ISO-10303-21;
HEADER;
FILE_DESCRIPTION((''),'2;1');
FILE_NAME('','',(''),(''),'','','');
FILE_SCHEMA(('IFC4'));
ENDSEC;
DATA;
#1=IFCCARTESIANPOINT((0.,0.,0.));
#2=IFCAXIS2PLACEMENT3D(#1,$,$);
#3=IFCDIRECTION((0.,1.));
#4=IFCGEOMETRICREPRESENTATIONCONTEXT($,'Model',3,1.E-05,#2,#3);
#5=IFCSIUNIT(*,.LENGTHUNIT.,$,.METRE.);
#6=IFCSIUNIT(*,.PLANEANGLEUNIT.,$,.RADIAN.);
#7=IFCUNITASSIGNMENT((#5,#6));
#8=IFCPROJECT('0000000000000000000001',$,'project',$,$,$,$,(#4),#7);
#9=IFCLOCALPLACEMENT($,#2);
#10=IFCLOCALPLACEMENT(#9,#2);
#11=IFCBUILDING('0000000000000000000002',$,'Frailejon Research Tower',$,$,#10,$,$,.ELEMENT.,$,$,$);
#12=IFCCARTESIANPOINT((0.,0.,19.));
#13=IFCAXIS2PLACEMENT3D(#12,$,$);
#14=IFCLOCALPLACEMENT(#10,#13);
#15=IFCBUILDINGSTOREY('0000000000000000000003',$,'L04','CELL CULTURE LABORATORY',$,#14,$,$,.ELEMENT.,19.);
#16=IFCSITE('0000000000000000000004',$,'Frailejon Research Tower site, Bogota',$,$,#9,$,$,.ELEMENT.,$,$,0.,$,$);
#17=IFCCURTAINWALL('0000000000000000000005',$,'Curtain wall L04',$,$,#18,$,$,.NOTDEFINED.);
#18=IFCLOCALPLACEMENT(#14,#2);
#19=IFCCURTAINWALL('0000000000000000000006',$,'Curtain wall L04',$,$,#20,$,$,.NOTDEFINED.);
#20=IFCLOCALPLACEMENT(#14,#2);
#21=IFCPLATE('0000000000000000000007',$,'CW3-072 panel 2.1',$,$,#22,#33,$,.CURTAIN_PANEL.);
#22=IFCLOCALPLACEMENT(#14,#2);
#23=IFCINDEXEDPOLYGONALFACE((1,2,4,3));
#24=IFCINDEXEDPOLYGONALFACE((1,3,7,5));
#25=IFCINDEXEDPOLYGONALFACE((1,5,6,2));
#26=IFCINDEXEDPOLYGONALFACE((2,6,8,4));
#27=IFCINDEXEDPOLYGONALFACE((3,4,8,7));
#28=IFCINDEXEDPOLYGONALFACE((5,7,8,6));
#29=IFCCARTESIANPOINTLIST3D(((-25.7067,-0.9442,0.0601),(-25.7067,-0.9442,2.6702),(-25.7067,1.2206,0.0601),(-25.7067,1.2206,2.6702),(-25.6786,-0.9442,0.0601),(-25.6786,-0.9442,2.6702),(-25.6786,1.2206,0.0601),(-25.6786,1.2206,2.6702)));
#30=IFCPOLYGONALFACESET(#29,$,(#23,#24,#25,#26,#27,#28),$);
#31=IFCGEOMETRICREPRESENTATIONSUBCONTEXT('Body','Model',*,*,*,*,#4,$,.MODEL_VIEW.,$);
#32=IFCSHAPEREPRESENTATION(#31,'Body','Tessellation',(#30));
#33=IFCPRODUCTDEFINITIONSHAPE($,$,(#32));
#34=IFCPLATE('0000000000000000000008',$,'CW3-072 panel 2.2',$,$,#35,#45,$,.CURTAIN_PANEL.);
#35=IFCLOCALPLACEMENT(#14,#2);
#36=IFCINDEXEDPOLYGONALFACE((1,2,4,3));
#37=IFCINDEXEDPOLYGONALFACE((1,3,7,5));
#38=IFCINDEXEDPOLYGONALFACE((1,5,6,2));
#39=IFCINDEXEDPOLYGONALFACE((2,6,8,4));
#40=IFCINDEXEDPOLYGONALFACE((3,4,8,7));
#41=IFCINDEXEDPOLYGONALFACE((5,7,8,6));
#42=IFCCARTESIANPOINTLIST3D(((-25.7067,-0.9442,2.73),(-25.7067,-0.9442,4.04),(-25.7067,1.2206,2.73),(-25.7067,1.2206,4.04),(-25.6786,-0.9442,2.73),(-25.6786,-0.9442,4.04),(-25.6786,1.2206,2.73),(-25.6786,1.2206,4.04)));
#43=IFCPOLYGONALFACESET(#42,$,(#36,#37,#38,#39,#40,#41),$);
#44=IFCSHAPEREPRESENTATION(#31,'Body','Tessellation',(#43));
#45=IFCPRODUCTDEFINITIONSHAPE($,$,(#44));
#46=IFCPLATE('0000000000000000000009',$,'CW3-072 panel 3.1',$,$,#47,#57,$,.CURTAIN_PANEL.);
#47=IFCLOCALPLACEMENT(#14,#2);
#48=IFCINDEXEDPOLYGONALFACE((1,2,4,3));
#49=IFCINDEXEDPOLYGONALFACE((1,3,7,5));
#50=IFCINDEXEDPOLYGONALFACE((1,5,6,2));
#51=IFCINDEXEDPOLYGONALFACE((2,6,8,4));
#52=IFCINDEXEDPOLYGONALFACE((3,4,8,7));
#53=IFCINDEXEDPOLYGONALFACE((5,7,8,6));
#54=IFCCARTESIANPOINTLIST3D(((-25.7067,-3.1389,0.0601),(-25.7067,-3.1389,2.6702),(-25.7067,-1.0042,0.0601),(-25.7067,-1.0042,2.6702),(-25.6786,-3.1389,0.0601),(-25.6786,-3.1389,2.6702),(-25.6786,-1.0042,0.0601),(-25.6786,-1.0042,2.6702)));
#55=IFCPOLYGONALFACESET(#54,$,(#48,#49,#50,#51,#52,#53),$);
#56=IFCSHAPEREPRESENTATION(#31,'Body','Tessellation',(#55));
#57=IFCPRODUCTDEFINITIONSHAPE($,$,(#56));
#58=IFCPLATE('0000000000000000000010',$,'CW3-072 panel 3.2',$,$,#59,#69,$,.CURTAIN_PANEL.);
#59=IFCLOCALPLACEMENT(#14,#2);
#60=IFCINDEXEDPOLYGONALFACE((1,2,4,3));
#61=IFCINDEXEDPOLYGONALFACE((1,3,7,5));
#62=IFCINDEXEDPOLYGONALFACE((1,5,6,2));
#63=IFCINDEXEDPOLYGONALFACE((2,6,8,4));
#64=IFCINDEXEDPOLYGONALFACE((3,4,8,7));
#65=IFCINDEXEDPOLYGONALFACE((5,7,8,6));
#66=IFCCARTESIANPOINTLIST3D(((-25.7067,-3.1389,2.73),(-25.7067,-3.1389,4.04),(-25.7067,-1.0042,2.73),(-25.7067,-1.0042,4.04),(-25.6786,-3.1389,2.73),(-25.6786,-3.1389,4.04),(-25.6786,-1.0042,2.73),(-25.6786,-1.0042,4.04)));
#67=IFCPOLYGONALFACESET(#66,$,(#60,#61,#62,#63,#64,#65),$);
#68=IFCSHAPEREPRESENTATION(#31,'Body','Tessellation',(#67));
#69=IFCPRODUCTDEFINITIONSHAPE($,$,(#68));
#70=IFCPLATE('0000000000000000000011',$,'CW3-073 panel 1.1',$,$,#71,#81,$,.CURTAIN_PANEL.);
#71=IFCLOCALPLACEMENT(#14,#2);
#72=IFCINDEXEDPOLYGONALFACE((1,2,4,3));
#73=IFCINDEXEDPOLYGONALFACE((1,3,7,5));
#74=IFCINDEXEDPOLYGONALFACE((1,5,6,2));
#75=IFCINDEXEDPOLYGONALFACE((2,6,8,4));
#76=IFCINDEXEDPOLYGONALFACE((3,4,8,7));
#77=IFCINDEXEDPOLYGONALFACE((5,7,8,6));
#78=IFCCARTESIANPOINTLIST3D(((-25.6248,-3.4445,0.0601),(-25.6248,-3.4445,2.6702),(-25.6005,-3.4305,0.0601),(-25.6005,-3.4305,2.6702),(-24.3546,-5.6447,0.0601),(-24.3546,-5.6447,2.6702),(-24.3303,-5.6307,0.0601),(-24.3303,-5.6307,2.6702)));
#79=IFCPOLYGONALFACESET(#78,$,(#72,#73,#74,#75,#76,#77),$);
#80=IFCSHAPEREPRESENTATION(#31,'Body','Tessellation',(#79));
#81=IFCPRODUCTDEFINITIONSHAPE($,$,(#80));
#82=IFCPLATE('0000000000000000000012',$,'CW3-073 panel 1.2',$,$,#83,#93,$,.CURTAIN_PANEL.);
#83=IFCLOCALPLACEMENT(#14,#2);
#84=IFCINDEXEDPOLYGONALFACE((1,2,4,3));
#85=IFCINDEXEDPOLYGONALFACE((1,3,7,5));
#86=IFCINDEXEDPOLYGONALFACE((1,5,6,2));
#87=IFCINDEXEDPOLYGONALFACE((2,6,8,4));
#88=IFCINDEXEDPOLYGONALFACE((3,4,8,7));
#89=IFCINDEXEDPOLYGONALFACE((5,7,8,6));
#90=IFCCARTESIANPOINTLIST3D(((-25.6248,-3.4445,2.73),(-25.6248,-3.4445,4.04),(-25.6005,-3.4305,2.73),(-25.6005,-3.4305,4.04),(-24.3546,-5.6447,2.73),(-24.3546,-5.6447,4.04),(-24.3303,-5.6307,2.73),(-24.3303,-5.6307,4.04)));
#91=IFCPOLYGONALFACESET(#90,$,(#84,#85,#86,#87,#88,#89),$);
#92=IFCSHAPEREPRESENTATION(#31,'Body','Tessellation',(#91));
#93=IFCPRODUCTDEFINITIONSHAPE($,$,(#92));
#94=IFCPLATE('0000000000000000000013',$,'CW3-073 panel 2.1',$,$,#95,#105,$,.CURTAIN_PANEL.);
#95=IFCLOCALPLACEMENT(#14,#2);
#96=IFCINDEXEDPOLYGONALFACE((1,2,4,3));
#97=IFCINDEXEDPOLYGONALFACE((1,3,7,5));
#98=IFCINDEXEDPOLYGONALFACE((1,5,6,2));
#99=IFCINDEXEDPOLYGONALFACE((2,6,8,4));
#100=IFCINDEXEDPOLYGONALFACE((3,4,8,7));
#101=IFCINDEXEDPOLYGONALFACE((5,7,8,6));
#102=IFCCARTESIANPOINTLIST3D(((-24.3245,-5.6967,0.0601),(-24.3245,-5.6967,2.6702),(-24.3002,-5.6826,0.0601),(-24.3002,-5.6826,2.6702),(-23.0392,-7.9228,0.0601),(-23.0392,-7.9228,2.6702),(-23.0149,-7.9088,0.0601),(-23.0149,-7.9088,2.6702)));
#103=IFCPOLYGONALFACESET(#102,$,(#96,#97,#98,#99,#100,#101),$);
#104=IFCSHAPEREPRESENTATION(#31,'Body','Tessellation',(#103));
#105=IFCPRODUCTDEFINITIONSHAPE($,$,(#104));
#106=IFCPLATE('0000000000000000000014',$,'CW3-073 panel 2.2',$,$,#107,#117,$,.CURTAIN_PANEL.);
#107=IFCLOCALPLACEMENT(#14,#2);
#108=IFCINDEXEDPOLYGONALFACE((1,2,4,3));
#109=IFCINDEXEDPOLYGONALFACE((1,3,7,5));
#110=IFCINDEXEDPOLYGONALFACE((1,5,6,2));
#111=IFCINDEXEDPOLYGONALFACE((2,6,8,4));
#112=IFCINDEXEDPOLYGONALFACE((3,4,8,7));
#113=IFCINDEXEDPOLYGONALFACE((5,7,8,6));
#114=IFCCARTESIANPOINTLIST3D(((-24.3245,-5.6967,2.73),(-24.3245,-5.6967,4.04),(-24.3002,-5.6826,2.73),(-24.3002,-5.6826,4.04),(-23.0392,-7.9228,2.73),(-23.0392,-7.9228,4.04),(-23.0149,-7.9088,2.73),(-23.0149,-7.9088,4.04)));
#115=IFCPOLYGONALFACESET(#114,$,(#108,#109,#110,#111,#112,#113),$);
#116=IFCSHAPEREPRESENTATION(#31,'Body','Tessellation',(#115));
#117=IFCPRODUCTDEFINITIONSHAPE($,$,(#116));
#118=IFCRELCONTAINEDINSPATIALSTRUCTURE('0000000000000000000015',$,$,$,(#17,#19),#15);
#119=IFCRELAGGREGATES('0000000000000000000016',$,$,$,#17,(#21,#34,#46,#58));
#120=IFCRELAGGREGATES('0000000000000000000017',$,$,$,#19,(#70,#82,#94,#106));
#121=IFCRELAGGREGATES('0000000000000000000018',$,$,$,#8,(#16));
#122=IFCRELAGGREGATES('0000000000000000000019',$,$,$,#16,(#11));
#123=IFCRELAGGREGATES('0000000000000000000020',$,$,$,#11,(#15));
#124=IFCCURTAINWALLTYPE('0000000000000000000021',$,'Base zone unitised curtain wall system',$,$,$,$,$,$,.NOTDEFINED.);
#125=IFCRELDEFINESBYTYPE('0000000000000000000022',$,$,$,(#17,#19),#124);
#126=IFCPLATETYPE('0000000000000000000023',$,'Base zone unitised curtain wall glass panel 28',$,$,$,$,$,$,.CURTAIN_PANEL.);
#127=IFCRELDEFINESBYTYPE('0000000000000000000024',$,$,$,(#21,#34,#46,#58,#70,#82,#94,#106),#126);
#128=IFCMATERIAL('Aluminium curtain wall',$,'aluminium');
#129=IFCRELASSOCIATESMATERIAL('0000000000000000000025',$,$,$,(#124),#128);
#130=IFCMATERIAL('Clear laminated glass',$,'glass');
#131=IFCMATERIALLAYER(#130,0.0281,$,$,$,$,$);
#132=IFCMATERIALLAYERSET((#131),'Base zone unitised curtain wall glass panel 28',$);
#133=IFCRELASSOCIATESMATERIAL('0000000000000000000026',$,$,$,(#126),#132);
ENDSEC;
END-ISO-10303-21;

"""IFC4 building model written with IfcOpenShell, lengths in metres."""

from ifc_helpers import new_model, si_unit, direction, frame, origin, origin_2d, place, context, subcontext, project, spatial, rectangle, extrude, material, layer, layer_set, type_object, element, aggregate, save


model = new_model("IFC4")

# Units and contexts
model_context = context("Model", 3, precision=1e-05, world=origin(), true_north=direction((0.0, 1.0)))
body_context = subcontext(model_context, "Body", "Model", "MODEL_VIEW")
ifc_project = project(units=[si_unit("LENGTHUNIT", "METRE"), si_unit("PLANEANGLEUNIT", "RADIAN")], contexts=[model_context])

# Site, building, storey
site_placement = place(None, origin())
site = spatial("IfcSite", under=ifc_project, at=site_placement, Name="Frailejon Research Tower site, Bogota", CompositionType="ELEMENT", RefElevation=0.0)
building_placement = place(site_placement, origin())
building = spatial("IfcBuilding", under=site, at=building_placement, Name="Frailejon Research Tower", CompositionType="ELEMENT")
storey_placement = place(building_placement, frame((0.0, 0.0, 19.0)))
storey = spatial("IfcBuildingStorey", under=building, at=storey_placement, Name="L04", Description="CELL CULTURE LABORATORY", CompositionType="ELEMENT", Elevation=19.0)

# Curtain walls
ifc_material_1 = material(Name="Aluminium curtain wall", Category="aluminium")
curtain_wall_type = type_object("IfcCurtainWallType", Name="Base zone unitised curtain wall system", PredefinedType="NOTDEFINED", material=ifc_material_1)
curtain_wall_1_placement = place(storey_placement, origin())
curtain_wall_1 = element("IfcCurtainWall", 1, at=curtain_wall_1_placement, inside=storey, type_object=curtain_wall_type, Name="Curtain wall L04", PredefinedType="NOTDEFINED")
curtain_wall_2_placement = place(storey_placement, origin())
curtain_wall_2 = element("IfcCurtainWall", 2, at=curtain_wall_2_placement, inside=storey, type_object=curtain_wall_type, Name="Curtain wall L04", PredefinedType="NOTDEFINED")

# Plates
ifc_material_2 = material(Name="Clear laminated glass", Category="glass")
ifc_layer = layer(ifc_material_2, 0.0281)
ifc_layer_set = layer_set([ifc_layer], Name="Base zone unitised curtain wall glass panel 28")
plate_type = type_object("IfcPlateType", Name="Base zone unitised curtain wall glass panel 28", PredefinedType="CURTAIN_PANEL", material=ifc_layer_set)
plate_1_placement = place(storey_placement, frame((-25.6926, 0.1382, 0.0601), z_axis=(0.0, 0.0, 1.0), x_axis=(0.0, -1.0, 0.0)))
plate_1 = element("IfcPlate", 3, at=plate_1_placement, type_object=plate_type, Name="CW3-072 panel 2.1", PredefinedType="CURTAIN_PANEL", context=body_context, shape_type="SweptSolid", body=[
    extrude(rectangle(XDim=2.1648, YDim=0.0281, at=origin_2d()), origin(), (0.0, 0.0, 1.0), 2.6101),
])
plate_2_placement = place(storey_placement, frame((-25.6926, 0.1382, 2.73), z_axis=(0.0, 0.0, 1.0), x_axis=(0.0, -1.0, 0.0)))
plate_2 = element("IfcPlate", 4, at=plate_2_placement, type_object=plate_type, Name="CW3-072 panel 2.2", PredefinedType="CURTAIN_PANEL", context=body_context, shape_type="SweptSolid", body=[
    extrude(rectangle(XDim=2.1648, YDim=0.0281, at=origin_2d()), origin(), (0.0, 0.0, 1.0), 1.3101),
])
plate_3_placement = place(storey_placement, frame((-25.6926, -2.0715, 0.0601), z_axis=(0.0, 0.0, 1.0), x_axis=(0.0, -1.0, 0.0)))
plate_3 = element("IfcPlate", 5, at=plate_3_placement, type_object=plate_type, Name="CW3-072 panel 3.1", PredefinedType="CURTAIN_PANEL", context=body_context, shape_type="SweptSolid", body=[
    extrude(rectangle(XDim=2.1348, YDim=0.0281, at=origin_2d()), origin(), (0.0, 0.0, 1.0), 2.6101),
])
plate_4_placement = place(storey_placement, frame((-25.6926, -2.0715, 2.73), z_axis=(0.0, 0.0, 1.0), x_axis=(0.0, -1.0, 0.0)))
plate_4 = element("IfcPlate", 6, at=plate_4_placement, type_object=plate_type, Name="CW3-072 panel 3.2", PredefinedType="CURTAIN_PANEL", context=body_context, shape_type="SweptSolid", body=[
    extrude(rectangle(XDim=2.1348, YDim=0.0281, at=origin_2d()), origin(), (0.0, 0.0, 1.0), 1.3101),
])
aggregate(curtain_wall_1, [plate_1, plate_2, plate_3, plate_4])
plate_5_placement = place(storey_placement, frame((-24.9775, -4.5376, 0.0601), z_axis=(0.0, 0.0, 1.0), x_axis=(0.499997, -0.866027, 0.0)))
plate_5 = element("IfcPlate", 7, at=plate_5_placement, type_object=plate_type, Name="CW3-073 panel 1.1", PredefinedType="CURTAIN_PANEL", context=body_context, shape_type="SweptSolid", body=[
    extrude(rectangle(XDim=2.5405, YDim=0.0281, at=origin_2d()), origin(), (0.0, 0.0, 1.0), 2.6101),
])
plate_6_placement = place(storey_placement, frame((-24.9775, -4.5376, 2.73), z_axis=(0.0, 0.0, 1.0), x_axis=(0.499997, -0.866027, 0.0)))
plate_6 = element("IfcPlate", 8, at=plate_6_placement, type_object=plate_type, Name="CW3-073 panel 1.2", PredefinedType="CURTAIN_PANEL", context=body_context, shape_type="SweptSolid", body=[
    extrude(rectangle(XDim=2.5405, YDim=0.0281, at=origin_2d()), origin(), (0.0, 0.0, 1.0), 1.3101),
])
plate_7_placement = place(storey_placement, frame((-23.6697, -6.8027, 0.0601), z_axis=(0.0, 0.0, 1.0), x_axis=(0.499997, -0.866027, 0.0)))
plate_7 = element("IfcPlate", 9, at=plate_7_placement, type_object=plate_type, Name="CW3-073 panel 2.1", PredefinedType="CURTAIN_PANEL", context=body_context, shape_type="SweptSolid", body=[
    extrude(rectangle(XDim=2.5706, YDim=0.0281, at=origin_2d()), origin(), (0.0, 0.0, 1.0), 2.6101),
])
plate_8_placement = place(storey_placement, frame((-23.6697, -6.8027, 2.73), z_axis=(0.0, 0.0, 1.0), x_axis=(0.499997, -0.866027, 0.0)))
plate_8 = element("IfcPlate", 10, at=plate_8_placement, type_object=plate_type, Name="CW3-073 panel 2.2", PredefinedType="CURTAIN_PANEL", context=body_context, shape_type="SweptSolid", body=[
    extrude(rectangle(XDim=2.5706, YDim=0.0281, at=origin_2d()), origin(), (0.0, 0.0, 1.0), 1.3101),
])
aggregate(curtain_wall_2, [plate_5, plate_6, plate_7, plate_8])

save(model, "model.ifc")
